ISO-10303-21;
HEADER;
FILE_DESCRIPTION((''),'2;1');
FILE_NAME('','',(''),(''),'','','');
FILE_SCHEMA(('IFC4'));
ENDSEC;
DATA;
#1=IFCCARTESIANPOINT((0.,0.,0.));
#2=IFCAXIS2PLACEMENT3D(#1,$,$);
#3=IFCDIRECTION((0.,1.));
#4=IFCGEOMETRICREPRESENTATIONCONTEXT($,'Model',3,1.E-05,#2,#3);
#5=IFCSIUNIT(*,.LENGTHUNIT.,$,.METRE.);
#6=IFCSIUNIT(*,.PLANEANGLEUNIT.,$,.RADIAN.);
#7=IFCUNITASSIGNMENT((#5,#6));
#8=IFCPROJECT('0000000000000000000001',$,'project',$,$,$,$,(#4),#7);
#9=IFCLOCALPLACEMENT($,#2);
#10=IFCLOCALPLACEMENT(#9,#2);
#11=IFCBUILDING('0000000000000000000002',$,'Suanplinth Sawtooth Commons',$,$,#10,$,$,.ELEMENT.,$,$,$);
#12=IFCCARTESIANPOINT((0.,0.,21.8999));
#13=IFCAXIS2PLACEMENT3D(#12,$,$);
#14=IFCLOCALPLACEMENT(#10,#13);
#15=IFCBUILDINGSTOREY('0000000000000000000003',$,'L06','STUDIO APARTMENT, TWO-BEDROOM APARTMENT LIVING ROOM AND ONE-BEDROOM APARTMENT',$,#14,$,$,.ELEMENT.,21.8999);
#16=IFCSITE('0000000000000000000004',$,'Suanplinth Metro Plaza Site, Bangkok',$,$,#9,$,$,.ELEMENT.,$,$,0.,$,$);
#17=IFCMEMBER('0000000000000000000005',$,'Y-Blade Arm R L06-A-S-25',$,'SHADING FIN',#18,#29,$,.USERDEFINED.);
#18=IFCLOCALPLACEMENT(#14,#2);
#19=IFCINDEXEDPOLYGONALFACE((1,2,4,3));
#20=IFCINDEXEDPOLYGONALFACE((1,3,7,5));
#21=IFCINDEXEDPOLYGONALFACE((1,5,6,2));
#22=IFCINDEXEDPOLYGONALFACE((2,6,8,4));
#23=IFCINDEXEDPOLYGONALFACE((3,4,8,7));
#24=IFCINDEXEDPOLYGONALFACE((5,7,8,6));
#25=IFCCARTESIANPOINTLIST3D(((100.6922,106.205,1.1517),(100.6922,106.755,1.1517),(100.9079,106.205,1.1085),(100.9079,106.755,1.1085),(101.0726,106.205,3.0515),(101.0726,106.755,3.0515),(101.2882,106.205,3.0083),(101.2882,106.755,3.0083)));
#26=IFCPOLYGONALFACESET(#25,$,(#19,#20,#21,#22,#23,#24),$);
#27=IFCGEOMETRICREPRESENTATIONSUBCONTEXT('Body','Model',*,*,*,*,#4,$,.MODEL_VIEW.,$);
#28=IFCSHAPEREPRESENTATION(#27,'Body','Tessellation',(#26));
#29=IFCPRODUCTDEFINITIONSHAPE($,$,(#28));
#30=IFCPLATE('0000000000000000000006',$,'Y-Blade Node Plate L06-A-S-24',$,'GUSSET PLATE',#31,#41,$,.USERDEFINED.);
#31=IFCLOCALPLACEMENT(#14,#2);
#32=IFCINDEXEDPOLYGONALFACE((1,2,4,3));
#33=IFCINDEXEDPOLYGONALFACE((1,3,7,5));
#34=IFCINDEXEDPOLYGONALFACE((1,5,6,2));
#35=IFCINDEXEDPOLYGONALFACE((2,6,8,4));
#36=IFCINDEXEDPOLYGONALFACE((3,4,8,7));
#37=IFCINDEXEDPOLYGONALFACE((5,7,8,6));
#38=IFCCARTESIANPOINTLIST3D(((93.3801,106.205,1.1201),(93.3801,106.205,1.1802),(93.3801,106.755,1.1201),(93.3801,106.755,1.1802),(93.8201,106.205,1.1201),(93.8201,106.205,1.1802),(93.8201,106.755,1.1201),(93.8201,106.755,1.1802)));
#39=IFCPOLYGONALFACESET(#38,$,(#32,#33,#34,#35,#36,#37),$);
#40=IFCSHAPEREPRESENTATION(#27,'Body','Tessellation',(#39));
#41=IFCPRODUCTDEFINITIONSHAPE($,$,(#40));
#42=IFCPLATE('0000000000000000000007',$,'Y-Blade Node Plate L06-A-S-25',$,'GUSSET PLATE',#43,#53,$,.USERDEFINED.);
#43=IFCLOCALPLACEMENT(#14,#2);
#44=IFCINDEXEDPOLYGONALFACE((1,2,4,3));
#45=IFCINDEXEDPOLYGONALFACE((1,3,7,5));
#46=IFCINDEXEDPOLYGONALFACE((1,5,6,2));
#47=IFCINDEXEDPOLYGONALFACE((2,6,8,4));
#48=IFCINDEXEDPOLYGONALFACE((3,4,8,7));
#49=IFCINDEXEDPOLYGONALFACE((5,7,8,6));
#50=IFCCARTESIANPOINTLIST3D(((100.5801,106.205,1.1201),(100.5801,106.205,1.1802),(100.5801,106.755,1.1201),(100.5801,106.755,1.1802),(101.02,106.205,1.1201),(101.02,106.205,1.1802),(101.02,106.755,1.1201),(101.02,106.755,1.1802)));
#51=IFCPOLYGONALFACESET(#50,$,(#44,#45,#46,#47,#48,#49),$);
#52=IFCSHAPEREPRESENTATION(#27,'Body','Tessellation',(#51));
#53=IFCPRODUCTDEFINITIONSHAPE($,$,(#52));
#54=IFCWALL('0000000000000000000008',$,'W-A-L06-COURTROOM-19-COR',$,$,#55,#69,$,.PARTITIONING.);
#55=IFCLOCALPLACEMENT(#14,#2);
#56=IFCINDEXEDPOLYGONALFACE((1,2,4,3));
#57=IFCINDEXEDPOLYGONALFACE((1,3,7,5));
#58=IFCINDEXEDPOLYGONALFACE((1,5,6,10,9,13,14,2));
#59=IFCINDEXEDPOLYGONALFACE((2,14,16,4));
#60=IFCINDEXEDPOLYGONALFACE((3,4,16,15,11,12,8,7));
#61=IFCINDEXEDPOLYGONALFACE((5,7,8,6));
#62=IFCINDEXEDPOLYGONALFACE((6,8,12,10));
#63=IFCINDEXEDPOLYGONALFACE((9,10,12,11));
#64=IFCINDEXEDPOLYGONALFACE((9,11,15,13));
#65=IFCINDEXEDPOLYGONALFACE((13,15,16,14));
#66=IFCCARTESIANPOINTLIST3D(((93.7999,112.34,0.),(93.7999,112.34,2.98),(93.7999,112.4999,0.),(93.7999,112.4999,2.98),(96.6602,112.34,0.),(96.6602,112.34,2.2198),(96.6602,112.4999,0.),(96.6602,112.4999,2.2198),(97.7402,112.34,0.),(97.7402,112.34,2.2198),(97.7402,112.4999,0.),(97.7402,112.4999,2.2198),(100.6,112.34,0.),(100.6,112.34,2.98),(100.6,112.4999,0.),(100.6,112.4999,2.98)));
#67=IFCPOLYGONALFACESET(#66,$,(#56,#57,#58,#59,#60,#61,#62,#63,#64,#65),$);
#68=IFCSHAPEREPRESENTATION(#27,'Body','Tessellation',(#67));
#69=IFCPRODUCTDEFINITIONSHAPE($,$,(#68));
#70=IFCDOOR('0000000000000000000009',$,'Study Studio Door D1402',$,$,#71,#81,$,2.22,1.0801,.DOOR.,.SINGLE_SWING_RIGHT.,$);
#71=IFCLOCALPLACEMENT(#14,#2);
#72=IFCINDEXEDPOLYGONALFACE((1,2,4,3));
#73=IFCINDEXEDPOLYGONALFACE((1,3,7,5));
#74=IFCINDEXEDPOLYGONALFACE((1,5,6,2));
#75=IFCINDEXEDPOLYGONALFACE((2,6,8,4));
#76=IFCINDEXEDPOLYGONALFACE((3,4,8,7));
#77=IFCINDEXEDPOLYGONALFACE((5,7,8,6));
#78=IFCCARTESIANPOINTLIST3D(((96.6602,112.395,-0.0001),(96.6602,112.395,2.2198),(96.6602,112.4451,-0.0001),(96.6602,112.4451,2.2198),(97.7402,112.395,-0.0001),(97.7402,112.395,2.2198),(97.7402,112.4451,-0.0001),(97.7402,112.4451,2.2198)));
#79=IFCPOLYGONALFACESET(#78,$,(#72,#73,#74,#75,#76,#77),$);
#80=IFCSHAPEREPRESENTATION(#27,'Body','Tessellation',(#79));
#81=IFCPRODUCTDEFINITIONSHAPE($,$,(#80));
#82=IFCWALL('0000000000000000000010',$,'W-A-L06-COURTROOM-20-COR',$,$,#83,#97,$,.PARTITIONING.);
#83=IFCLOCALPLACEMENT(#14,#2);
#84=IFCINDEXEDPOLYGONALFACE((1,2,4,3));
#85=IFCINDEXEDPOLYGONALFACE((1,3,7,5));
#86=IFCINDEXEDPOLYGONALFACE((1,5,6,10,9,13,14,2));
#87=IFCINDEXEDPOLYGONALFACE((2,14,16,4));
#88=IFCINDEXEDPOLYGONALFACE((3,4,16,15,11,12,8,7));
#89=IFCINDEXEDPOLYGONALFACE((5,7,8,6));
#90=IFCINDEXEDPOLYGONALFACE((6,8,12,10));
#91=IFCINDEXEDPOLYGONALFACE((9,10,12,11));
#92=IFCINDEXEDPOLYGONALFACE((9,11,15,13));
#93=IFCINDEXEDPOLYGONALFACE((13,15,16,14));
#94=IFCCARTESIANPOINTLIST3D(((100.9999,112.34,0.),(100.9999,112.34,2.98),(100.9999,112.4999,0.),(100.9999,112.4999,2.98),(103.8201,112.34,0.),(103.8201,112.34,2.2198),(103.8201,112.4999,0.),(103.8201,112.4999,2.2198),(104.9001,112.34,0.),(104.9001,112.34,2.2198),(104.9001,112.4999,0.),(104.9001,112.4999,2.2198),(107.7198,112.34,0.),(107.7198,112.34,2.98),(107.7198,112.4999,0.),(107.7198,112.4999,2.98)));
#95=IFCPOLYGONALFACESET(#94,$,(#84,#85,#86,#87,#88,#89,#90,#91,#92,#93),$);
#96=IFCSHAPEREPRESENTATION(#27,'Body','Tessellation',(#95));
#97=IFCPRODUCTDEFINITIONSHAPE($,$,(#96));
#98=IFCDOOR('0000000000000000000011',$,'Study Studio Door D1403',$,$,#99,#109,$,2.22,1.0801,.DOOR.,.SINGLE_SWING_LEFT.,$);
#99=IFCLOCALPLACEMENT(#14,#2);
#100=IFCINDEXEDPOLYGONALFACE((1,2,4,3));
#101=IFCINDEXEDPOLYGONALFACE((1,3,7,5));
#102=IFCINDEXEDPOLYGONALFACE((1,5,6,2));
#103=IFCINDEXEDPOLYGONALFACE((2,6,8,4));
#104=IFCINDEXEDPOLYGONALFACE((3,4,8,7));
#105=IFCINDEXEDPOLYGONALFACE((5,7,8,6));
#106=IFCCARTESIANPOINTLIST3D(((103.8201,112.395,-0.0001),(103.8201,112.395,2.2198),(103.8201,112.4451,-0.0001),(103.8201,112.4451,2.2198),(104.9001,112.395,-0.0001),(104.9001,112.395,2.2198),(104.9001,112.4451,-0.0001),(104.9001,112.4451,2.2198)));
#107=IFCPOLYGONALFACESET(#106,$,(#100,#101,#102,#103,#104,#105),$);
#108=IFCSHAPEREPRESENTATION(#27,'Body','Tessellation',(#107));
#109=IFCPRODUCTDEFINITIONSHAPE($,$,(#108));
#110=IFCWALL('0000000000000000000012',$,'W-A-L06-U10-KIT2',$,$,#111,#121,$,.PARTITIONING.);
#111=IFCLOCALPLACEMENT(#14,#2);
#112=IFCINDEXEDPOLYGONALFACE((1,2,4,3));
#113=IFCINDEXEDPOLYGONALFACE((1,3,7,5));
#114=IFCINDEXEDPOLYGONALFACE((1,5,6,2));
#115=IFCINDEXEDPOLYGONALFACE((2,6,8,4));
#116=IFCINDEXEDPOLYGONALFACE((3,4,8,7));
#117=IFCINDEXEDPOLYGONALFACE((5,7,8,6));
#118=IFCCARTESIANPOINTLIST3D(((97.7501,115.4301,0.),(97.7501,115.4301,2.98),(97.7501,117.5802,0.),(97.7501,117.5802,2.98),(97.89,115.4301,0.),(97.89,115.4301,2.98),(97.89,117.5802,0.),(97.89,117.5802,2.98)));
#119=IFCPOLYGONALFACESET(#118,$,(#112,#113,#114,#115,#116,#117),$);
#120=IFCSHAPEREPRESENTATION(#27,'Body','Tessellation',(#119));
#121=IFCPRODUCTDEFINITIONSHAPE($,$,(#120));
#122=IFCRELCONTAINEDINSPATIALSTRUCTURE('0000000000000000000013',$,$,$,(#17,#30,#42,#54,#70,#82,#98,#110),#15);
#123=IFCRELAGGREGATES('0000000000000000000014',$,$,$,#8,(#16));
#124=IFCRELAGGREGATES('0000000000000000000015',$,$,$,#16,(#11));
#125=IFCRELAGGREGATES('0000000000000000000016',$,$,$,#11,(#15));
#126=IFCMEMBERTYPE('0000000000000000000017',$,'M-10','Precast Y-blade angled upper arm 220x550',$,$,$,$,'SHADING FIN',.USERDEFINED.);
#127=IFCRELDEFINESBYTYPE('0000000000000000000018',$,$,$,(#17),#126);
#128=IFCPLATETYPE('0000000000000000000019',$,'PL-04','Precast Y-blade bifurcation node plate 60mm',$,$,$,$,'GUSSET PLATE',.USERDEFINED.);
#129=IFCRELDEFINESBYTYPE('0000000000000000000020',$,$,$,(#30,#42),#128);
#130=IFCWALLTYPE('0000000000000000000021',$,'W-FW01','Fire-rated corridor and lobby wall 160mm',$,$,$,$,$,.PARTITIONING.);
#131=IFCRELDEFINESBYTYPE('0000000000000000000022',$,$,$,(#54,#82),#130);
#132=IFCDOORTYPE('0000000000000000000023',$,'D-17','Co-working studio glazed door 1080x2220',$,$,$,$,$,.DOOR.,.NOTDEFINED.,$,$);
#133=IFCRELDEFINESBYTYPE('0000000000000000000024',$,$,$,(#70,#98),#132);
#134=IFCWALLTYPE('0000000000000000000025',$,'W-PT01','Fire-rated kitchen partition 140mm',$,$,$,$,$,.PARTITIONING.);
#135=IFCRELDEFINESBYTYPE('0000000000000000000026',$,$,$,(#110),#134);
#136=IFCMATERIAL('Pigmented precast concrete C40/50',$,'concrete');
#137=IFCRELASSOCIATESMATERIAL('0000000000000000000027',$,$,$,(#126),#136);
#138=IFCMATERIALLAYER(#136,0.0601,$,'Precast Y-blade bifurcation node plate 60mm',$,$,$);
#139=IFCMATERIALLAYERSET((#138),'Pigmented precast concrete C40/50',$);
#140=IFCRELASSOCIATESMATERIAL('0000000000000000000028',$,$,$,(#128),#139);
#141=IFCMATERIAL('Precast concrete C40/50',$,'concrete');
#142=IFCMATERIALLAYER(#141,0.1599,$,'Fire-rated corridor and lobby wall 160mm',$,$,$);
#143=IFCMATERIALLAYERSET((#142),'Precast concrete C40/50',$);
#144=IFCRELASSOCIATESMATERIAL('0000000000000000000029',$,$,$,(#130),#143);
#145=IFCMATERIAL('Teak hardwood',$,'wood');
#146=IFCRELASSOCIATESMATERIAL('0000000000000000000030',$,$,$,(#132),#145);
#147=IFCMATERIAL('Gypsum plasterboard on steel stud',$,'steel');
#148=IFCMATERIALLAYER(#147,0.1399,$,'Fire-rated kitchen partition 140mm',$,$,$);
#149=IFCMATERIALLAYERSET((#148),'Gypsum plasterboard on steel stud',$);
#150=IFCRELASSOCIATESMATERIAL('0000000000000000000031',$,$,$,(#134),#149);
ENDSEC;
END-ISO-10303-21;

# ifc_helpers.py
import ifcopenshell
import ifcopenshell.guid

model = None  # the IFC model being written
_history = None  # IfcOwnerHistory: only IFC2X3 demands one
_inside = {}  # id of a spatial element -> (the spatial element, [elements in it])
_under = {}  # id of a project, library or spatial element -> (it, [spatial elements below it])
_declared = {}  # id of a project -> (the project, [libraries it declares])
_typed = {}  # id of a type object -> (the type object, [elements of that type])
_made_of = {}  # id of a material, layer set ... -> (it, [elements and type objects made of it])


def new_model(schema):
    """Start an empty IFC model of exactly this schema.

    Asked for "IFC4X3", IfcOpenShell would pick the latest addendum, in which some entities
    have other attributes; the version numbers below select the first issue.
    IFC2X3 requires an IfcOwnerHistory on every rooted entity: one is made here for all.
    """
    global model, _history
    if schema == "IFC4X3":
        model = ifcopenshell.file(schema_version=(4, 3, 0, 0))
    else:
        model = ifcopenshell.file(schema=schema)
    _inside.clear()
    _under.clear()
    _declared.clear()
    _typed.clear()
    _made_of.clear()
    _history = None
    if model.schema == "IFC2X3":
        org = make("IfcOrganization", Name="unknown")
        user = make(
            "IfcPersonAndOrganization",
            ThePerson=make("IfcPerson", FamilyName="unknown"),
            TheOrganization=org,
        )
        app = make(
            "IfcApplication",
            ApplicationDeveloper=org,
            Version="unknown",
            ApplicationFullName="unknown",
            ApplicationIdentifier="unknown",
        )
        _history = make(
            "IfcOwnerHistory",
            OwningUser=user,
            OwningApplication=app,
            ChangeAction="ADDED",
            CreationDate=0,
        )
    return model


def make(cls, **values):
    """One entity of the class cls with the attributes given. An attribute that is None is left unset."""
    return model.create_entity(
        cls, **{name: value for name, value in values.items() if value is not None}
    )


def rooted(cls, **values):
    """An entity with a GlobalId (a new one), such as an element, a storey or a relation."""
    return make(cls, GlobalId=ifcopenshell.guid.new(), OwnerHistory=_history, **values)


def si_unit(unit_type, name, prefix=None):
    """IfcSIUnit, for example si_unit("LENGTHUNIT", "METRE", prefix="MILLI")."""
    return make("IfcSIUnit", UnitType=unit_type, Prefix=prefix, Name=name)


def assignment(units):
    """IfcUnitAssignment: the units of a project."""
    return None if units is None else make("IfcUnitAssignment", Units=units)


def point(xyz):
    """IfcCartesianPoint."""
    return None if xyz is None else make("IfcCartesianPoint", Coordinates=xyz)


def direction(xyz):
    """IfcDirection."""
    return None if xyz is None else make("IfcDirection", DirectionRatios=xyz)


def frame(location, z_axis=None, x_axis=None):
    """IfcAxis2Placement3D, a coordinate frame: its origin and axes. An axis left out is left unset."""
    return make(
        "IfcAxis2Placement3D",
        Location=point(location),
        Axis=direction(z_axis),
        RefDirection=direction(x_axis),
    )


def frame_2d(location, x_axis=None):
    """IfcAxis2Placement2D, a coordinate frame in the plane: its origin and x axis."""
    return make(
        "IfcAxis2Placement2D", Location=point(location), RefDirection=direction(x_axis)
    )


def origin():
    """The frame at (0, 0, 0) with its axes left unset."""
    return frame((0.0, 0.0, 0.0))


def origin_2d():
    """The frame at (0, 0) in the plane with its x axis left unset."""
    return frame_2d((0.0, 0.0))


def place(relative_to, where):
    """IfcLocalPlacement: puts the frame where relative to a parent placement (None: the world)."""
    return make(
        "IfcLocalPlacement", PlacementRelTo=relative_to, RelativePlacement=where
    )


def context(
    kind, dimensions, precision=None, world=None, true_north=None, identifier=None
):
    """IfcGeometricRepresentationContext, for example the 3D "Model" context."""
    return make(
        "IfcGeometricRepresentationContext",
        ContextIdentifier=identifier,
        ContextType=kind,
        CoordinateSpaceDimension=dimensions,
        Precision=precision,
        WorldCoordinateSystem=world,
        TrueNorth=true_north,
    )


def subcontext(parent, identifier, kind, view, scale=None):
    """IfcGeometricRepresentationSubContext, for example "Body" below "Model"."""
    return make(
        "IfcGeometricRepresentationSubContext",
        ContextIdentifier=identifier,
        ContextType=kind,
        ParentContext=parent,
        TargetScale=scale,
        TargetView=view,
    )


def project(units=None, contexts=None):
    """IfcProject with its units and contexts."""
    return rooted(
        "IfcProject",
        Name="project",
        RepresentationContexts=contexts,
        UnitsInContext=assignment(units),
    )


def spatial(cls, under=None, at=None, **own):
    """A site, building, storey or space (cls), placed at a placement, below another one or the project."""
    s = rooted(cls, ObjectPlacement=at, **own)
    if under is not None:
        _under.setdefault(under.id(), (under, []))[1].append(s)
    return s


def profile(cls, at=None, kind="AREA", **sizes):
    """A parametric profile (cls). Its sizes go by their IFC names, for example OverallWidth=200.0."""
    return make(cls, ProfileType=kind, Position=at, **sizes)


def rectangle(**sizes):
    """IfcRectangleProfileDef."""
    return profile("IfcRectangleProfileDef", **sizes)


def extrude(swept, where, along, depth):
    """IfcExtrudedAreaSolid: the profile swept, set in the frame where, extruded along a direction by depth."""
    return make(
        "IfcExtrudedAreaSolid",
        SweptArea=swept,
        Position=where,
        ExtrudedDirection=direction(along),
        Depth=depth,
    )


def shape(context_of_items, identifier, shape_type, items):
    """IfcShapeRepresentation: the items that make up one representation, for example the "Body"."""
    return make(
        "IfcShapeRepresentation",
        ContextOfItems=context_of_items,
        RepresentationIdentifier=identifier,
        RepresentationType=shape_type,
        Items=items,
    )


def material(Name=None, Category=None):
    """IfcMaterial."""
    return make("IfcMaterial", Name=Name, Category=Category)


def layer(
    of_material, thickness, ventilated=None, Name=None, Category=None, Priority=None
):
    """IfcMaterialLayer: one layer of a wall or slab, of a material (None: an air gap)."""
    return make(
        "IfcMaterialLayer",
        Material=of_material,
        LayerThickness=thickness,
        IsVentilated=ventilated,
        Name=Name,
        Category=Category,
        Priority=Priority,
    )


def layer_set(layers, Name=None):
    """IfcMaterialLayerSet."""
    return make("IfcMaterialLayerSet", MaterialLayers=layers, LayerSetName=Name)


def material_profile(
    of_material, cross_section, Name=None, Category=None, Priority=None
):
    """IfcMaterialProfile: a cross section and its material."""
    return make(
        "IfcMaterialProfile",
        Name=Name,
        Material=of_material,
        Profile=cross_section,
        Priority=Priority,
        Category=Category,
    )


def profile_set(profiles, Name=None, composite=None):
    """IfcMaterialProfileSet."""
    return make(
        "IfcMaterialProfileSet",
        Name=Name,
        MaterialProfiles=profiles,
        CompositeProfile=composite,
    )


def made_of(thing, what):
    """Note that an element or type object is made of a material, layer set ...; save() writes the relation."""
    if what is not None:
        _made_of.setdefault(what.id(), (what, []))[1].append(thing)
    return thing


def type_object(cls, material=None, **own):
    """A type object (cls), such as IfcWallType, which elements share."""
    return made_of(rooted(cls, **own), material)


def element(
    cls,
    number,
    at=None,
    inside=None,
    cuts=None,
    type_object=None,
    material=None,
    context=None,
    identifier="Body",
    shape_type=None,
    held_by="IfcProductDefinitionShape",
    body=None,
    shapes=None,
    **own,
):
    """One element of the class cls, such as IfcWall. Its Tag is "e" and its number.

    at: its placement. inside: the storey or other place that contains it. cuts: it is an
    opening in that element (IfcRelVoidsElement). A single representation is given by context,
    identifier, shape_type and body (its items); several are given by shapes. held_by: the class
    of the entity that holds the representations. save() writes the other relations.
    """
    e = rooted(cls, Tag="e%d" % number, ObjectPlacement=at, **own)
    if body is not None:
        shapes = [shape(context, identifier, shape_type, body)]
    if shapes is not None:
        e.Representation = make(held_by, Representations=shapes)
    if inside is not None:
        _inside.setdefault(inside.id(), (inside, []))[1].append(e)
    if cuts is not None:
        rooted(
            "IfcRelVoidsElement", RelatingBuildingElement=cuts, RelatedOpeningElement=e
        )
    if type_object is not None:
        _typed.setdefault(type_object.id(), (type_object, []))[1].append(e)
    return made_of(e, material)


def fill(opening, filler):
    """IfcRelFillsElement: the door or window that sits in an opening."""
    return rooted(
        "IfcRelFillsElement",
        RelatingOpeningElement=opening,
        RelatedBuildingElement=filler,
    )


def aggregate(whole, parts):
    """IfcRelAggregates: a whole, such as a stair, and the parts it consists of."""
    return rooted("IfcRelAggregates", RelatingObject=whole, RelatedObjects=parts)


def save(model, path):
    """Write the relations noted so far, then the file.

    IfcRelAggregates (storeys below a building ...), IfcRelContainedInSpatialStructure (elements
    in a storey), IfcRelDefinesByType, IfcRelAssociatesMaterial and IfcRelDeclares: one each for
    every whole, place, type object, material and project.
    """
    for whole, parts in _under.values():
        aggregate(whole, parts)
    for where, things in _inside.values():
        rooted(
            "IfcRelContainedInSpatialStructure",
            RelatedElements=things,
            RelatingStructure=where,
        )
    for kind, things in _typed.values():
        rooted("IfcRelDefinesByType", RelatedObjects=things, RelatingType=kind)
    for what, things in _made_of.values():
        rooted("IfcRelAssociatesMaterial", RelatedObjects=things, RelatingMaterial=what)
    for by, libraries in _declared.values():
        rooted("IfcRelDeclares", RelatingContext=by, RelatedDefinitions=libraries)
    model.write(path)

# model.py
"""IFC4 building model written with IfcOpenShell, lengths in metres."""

from ifc_helpers import new_model, si_unit, direction, frame, frame_2d, origin, origin_2d, place, context, subcontext, project, spatial, rectangle, extrude, material, layer, layer_set, material_profile, profile_set, type_object, element, fill, save


model = new_model("IFC4")

# Units and contexts
model_context = context("Model", 3, precision=1e-05, world=origin(), true_north=direction((0.0, 1.0)))
body_context = subcontext(model_context, "Body", "Model", "MODEL_VIEW")
ifc_project = project(units=[si_unit("LENGTHUNIT", "METRE"), si_unit("PLANEANGLEUNIT", "RADIAN")], contexts=[model_context])

# Site, building, storey
site_placement = place(None, origin())
site = spatial("IfcSite", under=ifc_project, at=site_placement, Name="Suanplinth Metro Plaza Site, Bangkok", CompositionType="ELEMENT", RefElevation=0.0)
building_placement = place(site_placement, origin())
building = spatial("IfcBuilding", under=site, at=building_placement, Name="Suanplinth Sawtooth Commons", CompositionType="ELEMENT")
storey_placement = place(building_placement, frame((0.0, 0.0, 21.8999)))
storey = spatial("IfcBuildingStorey", under=building, at=storey_placement, Name="L06", Description="STUDIO APARTMENT, TWO-BEDROOM APARTMENT LIVING ROOM AND ONE-BEDROOM APARTMENT", CompositionType="ELEMENT", Elevation=21.8999)

# Shared definitions
ifc_material_1 = material(Name="Precast concrete C40/50", Category="concrete")

# Member
ifc_material_2 = material(Name="Pigmented precast concrete C40/50", Category="concrete")
ifc_material_profile_1 = material_profile(ifc_material_2, rectangle(XDim=0.22, YDim=0.55, at=origin_2d()), Name="PC-FIN 220x550")
ifc_profile_set_1 = profile_set([ifc_material_profile_1], Name="Pigmented precast concrete C40/50")
member_type_1 = type_object("IfcMemberType", Name="M-10", Description="Precast Y-blade angled upper arm 220x550", ElementType="SHADING FIN", PredefinedType="USERDEFINED", material=ifc_profile_set_1)
member_1_placement = place(storey_placement, frame((100.8, 106.48, 1.1301), z_axis=(0.19631, 0.0, 0.980542), x_axis=(-0.980542, 0.0, 0.19631)))
element("IfcMember", 1, at=member_1_placement, inside=storey, type_object=member_type_1, Name="Y-Blade Arm R L06-A-S-25", ObjectType="SHADING FIN", PredefinedType="USERDEFINED", context=body_context, shape_type="SweptSolid", body=[
    extrude(rectangle(XDim=0.22, YDim=0.55, at=origin_2d()), origin(), (0.0, 0.0, 1.0), 1.9375),
])

# Plates
ifc_layer_1 = layer(ifc_material_2, 0.0601, Name="Precast Y-blade bifurcation node plate 60mm")
ifc_layer_set_1 = layer_set([ifc_layer_1], Name="Pigmented precast concrete C40/50")
plate_type = type_object("IfcPlateType", Name="PL-04", Description="Precast Y-blade bifurcation node plate 60mm", ElementType="GUSSET PLATE", PredefinedType="USERDEFINED", material=ifc_layer_set_1)
for number, where, z_axis, x_axis, name in (
    (2, (93.6001, 106.48, 1.1201), (0.0, 0.0, 1.0), (1.0, 0.0, 0.0), "Y-Blade Node Plate L06-A-S-24"),
    (3, (100.8, 106.48, 1.1201), (0.0, 0.0, 1.0), (1.0, 0.0, 0.0), "Y-Blade Node Plate L06-A-S-25"),
):
    element("IfcPlate", number, at=place(storey_placement, frame(where, z_axis=z_axis, x_axis=x_axis)), inside=storey, type_object=plate_type, Name=name, ObjectType="GUSSET PLATE", PredefinedType="USERDEFINED", context=body_context, shape_type="SweptSolid", body=[
        extrude(rectangle(XDim=0.4399, YDim=0.55, at=origin_2d()), origin(), (0.0, 0.0, 1.0), 0.0601),
    ])

# Walls, openings, doors
ifc_layer_2 = layer(ifc_material_1, 0.1599, Name="Fire-rated corridor and lobby wall 160mm")
ifc_layer_set_2 = layer_set([ifc_layer_2], Name="Precast concrete C40/50")
wall_type_1 = type_object("IfcWallType", Name="W-FW01", Description="Fire-rated corridor and lobby wall 160mm", PredefinedType="PARTITIONING", material=ifc_layer_set_2)
wall_1_placement = place(storey_placement, frame((93.8, 112.4199, 0.0), z_axis=(0.0, 0.0, 1.0), x_axis=(1.0, 0.0, 0.0)))
wall_1 = element("IfcWall", 4, at=wall_1_placement, inside=storey, type_object=wall_type_1, Name="W-A-L06-COURTROOM-19-COR", PredefinedType="PARTITIONING", context=body_context, shape_type="SweptSolid", body=[
    extrude(rectangle(XDim=6.8, YDim=0.1599, at=frame_2d((3.3999, 0.0))), origin(), (0.0, 0.0, 1.0), 2.98),
])
opening_1_placement = place(wall_1_placement, frame((2.8601, 0.0, 0.0)))
opening_1 = element("IfcOpeningElement", 5, at=opening_1_placement, cuts=wall_1, PredefinedType="OPENING", context=body_context, shape_type="SweptSolid", body=[
    extrude(rectangle(XDim=1.0801, YDim=2.22, at=frame_2d((0.54, 1.1099))), frame((0.0, 0.0947, 0.0), z_axis=(0.0, -1.0, 0.0), x_axis=(1.0, 0.0, 0.0)), (0.0, 0.0, 1.0), 0.1897),
])
ifc_material_3 = material(Name="Teak hardwood", Category="wood")
door_type_1 = type_object("IfcDoorType", Name="D-17", Description="Co-working studio glazed door 1080x2220", OperationType="NOTDEFINED", PredefinedType="DOOR", material=ifc_material_3)
door_1_placement = place(opening_1_placement, frame((1.0801, 0.0, 0.0), z_axis=(0.0, 0.0, 1.0), x_axis=(-1.0, 0.0, 0.0)))
door_1 = element("IfcDoor", 6, at=door_1_placement, inside=storey, type_object=door_type_1, Name="Study Studio Door D1402", OperationType="SINGLE_SWING_RIGHT", OverallHeight=2.22, OverallWidth=1.0801, PredefinedType="DOOR", context=body_context, shape_type="SweptSolid", body=[
    extrude(rectangle(XDim=1.0801, YDim=2.22, at=frame_2d((0.54, 1.1099))), frame((0.0, 0.0249, 0.0), z_axis=(0.0, -1.0, 0.0), x_axis=(1.0, 0.0, 0.0)), (0.0, 0.0, 1.0), 0.05),
])
fill(opening_1, door_1)
wall_2_placement = place(storey_placement, frame((101.0, 112.4199, 0.0), z_axis=(0.0, 0.0, 1.0), x_axis=(1.0, 0.0, 0.0)))
wall_2 = element("IfcWall", 7, at=wall_2_placement, inside=storey, type_object=wall_type_1, Name="W-A-L06-COURTROOM-20-COR", PredefinedType="PARTITIONING", context=body_context, shape_type="SweptSolid", body=[
    extrude(rectangle(XDim=6.72, YDim=0.1599, at=frame_2d((3.3599, 0.0))), origin(), (0.0, 0.0, 1.0), 2.98),
])
opening_2_placement = place(wall_2_placement, frame((2.8201, 0.0, 0.0)))
opening_2 = element("IfcOpeningElement", 8, at=opening_2_placement, cuts=wall_2, PredefinedType="OPENING", context=body_context, shape_type="SweptSolid", body=[
    extrude(rectangle(XDim=1.0801, YDim=2.22, at=frame_2d((0.54, 1.1099))), frame((0.0, 0.0947, 0.0), z_axis=(0.0, -1.0, 0.0), x_axis=(1.0, 0.0, 0.0)), (0.0, 0.0, 1.0), 0.1897),
])
door_2_placement = place(opening_2_placement, frame((1.0801, 0.0, 0.0), z_axis=(0.0, 0.0, 1.0), x_axis=(-1.0, 0.0, 0.0)))
door_2 = element("IfcDoor", 9, at=door_2_placement, inside=storey, type_object=door_type_1, Name="Study Studio Door D1403", OperationType="SINGLE_SWING_LEFT", OverallHeight=2.22, OverallWidth=1.0801, PredefinedType="DOOR", context=body_context, shape_type="SweptSolid", body=[
    extrude(rectangle(XDim=1.0801, YDim=2.22, at=frame_2d((0.54, 1.1099))), frame((0.0, 0.0249, 0.0), z_axis=(0.0, -1.0, 0.0), x_axis=(1.0, 0.0, 0.0)), (0.0, 0.0, 1.0), 0.05),
])
fill(opening_2, door_2)

# Wall
ifc_material_4 = material(Name="Gypsum plasterboard on steel stud", Category="steel")
ifc_layer_3 = layer(ifc_material_4, 0.1399, Name="Fire-rated kitchen partition 140mm")
ifc_layer_set_3 = layer_set([ifc_layer_3], Name="Gypsum plasterboard on steel stud")
wall_type_2 = type_object("IfcWallType", Name="W-PT01", Description="Fire-rated kitchen partition 140mm", PredefinedType="PARTITIONING", material=ifc_layer_set_3)
wall_3_placement = place(storey_placement, frame((97.8201, 115.4299, 0.0), z_axis=(0.0, 0.0, 1.0), x_axis=(0.0, 1.0, 0.0)))
element("IfcWall", 10, at=wall_3_placement, inside=storey, type_object=wall_type_2, Name="W-A-L06-U10-KIT2", PredefinedType="PARTITIONING", context=body_context, shape_type="SweptSolid", body=[
    extrude(rectangle(XDim=2.1501, YDim=0.1399, at=frame_2d((1.0752, 0.0))), origin(), (0.0, 0.0, 1.0), 2.98),
])

save(model, "model.ifc")
